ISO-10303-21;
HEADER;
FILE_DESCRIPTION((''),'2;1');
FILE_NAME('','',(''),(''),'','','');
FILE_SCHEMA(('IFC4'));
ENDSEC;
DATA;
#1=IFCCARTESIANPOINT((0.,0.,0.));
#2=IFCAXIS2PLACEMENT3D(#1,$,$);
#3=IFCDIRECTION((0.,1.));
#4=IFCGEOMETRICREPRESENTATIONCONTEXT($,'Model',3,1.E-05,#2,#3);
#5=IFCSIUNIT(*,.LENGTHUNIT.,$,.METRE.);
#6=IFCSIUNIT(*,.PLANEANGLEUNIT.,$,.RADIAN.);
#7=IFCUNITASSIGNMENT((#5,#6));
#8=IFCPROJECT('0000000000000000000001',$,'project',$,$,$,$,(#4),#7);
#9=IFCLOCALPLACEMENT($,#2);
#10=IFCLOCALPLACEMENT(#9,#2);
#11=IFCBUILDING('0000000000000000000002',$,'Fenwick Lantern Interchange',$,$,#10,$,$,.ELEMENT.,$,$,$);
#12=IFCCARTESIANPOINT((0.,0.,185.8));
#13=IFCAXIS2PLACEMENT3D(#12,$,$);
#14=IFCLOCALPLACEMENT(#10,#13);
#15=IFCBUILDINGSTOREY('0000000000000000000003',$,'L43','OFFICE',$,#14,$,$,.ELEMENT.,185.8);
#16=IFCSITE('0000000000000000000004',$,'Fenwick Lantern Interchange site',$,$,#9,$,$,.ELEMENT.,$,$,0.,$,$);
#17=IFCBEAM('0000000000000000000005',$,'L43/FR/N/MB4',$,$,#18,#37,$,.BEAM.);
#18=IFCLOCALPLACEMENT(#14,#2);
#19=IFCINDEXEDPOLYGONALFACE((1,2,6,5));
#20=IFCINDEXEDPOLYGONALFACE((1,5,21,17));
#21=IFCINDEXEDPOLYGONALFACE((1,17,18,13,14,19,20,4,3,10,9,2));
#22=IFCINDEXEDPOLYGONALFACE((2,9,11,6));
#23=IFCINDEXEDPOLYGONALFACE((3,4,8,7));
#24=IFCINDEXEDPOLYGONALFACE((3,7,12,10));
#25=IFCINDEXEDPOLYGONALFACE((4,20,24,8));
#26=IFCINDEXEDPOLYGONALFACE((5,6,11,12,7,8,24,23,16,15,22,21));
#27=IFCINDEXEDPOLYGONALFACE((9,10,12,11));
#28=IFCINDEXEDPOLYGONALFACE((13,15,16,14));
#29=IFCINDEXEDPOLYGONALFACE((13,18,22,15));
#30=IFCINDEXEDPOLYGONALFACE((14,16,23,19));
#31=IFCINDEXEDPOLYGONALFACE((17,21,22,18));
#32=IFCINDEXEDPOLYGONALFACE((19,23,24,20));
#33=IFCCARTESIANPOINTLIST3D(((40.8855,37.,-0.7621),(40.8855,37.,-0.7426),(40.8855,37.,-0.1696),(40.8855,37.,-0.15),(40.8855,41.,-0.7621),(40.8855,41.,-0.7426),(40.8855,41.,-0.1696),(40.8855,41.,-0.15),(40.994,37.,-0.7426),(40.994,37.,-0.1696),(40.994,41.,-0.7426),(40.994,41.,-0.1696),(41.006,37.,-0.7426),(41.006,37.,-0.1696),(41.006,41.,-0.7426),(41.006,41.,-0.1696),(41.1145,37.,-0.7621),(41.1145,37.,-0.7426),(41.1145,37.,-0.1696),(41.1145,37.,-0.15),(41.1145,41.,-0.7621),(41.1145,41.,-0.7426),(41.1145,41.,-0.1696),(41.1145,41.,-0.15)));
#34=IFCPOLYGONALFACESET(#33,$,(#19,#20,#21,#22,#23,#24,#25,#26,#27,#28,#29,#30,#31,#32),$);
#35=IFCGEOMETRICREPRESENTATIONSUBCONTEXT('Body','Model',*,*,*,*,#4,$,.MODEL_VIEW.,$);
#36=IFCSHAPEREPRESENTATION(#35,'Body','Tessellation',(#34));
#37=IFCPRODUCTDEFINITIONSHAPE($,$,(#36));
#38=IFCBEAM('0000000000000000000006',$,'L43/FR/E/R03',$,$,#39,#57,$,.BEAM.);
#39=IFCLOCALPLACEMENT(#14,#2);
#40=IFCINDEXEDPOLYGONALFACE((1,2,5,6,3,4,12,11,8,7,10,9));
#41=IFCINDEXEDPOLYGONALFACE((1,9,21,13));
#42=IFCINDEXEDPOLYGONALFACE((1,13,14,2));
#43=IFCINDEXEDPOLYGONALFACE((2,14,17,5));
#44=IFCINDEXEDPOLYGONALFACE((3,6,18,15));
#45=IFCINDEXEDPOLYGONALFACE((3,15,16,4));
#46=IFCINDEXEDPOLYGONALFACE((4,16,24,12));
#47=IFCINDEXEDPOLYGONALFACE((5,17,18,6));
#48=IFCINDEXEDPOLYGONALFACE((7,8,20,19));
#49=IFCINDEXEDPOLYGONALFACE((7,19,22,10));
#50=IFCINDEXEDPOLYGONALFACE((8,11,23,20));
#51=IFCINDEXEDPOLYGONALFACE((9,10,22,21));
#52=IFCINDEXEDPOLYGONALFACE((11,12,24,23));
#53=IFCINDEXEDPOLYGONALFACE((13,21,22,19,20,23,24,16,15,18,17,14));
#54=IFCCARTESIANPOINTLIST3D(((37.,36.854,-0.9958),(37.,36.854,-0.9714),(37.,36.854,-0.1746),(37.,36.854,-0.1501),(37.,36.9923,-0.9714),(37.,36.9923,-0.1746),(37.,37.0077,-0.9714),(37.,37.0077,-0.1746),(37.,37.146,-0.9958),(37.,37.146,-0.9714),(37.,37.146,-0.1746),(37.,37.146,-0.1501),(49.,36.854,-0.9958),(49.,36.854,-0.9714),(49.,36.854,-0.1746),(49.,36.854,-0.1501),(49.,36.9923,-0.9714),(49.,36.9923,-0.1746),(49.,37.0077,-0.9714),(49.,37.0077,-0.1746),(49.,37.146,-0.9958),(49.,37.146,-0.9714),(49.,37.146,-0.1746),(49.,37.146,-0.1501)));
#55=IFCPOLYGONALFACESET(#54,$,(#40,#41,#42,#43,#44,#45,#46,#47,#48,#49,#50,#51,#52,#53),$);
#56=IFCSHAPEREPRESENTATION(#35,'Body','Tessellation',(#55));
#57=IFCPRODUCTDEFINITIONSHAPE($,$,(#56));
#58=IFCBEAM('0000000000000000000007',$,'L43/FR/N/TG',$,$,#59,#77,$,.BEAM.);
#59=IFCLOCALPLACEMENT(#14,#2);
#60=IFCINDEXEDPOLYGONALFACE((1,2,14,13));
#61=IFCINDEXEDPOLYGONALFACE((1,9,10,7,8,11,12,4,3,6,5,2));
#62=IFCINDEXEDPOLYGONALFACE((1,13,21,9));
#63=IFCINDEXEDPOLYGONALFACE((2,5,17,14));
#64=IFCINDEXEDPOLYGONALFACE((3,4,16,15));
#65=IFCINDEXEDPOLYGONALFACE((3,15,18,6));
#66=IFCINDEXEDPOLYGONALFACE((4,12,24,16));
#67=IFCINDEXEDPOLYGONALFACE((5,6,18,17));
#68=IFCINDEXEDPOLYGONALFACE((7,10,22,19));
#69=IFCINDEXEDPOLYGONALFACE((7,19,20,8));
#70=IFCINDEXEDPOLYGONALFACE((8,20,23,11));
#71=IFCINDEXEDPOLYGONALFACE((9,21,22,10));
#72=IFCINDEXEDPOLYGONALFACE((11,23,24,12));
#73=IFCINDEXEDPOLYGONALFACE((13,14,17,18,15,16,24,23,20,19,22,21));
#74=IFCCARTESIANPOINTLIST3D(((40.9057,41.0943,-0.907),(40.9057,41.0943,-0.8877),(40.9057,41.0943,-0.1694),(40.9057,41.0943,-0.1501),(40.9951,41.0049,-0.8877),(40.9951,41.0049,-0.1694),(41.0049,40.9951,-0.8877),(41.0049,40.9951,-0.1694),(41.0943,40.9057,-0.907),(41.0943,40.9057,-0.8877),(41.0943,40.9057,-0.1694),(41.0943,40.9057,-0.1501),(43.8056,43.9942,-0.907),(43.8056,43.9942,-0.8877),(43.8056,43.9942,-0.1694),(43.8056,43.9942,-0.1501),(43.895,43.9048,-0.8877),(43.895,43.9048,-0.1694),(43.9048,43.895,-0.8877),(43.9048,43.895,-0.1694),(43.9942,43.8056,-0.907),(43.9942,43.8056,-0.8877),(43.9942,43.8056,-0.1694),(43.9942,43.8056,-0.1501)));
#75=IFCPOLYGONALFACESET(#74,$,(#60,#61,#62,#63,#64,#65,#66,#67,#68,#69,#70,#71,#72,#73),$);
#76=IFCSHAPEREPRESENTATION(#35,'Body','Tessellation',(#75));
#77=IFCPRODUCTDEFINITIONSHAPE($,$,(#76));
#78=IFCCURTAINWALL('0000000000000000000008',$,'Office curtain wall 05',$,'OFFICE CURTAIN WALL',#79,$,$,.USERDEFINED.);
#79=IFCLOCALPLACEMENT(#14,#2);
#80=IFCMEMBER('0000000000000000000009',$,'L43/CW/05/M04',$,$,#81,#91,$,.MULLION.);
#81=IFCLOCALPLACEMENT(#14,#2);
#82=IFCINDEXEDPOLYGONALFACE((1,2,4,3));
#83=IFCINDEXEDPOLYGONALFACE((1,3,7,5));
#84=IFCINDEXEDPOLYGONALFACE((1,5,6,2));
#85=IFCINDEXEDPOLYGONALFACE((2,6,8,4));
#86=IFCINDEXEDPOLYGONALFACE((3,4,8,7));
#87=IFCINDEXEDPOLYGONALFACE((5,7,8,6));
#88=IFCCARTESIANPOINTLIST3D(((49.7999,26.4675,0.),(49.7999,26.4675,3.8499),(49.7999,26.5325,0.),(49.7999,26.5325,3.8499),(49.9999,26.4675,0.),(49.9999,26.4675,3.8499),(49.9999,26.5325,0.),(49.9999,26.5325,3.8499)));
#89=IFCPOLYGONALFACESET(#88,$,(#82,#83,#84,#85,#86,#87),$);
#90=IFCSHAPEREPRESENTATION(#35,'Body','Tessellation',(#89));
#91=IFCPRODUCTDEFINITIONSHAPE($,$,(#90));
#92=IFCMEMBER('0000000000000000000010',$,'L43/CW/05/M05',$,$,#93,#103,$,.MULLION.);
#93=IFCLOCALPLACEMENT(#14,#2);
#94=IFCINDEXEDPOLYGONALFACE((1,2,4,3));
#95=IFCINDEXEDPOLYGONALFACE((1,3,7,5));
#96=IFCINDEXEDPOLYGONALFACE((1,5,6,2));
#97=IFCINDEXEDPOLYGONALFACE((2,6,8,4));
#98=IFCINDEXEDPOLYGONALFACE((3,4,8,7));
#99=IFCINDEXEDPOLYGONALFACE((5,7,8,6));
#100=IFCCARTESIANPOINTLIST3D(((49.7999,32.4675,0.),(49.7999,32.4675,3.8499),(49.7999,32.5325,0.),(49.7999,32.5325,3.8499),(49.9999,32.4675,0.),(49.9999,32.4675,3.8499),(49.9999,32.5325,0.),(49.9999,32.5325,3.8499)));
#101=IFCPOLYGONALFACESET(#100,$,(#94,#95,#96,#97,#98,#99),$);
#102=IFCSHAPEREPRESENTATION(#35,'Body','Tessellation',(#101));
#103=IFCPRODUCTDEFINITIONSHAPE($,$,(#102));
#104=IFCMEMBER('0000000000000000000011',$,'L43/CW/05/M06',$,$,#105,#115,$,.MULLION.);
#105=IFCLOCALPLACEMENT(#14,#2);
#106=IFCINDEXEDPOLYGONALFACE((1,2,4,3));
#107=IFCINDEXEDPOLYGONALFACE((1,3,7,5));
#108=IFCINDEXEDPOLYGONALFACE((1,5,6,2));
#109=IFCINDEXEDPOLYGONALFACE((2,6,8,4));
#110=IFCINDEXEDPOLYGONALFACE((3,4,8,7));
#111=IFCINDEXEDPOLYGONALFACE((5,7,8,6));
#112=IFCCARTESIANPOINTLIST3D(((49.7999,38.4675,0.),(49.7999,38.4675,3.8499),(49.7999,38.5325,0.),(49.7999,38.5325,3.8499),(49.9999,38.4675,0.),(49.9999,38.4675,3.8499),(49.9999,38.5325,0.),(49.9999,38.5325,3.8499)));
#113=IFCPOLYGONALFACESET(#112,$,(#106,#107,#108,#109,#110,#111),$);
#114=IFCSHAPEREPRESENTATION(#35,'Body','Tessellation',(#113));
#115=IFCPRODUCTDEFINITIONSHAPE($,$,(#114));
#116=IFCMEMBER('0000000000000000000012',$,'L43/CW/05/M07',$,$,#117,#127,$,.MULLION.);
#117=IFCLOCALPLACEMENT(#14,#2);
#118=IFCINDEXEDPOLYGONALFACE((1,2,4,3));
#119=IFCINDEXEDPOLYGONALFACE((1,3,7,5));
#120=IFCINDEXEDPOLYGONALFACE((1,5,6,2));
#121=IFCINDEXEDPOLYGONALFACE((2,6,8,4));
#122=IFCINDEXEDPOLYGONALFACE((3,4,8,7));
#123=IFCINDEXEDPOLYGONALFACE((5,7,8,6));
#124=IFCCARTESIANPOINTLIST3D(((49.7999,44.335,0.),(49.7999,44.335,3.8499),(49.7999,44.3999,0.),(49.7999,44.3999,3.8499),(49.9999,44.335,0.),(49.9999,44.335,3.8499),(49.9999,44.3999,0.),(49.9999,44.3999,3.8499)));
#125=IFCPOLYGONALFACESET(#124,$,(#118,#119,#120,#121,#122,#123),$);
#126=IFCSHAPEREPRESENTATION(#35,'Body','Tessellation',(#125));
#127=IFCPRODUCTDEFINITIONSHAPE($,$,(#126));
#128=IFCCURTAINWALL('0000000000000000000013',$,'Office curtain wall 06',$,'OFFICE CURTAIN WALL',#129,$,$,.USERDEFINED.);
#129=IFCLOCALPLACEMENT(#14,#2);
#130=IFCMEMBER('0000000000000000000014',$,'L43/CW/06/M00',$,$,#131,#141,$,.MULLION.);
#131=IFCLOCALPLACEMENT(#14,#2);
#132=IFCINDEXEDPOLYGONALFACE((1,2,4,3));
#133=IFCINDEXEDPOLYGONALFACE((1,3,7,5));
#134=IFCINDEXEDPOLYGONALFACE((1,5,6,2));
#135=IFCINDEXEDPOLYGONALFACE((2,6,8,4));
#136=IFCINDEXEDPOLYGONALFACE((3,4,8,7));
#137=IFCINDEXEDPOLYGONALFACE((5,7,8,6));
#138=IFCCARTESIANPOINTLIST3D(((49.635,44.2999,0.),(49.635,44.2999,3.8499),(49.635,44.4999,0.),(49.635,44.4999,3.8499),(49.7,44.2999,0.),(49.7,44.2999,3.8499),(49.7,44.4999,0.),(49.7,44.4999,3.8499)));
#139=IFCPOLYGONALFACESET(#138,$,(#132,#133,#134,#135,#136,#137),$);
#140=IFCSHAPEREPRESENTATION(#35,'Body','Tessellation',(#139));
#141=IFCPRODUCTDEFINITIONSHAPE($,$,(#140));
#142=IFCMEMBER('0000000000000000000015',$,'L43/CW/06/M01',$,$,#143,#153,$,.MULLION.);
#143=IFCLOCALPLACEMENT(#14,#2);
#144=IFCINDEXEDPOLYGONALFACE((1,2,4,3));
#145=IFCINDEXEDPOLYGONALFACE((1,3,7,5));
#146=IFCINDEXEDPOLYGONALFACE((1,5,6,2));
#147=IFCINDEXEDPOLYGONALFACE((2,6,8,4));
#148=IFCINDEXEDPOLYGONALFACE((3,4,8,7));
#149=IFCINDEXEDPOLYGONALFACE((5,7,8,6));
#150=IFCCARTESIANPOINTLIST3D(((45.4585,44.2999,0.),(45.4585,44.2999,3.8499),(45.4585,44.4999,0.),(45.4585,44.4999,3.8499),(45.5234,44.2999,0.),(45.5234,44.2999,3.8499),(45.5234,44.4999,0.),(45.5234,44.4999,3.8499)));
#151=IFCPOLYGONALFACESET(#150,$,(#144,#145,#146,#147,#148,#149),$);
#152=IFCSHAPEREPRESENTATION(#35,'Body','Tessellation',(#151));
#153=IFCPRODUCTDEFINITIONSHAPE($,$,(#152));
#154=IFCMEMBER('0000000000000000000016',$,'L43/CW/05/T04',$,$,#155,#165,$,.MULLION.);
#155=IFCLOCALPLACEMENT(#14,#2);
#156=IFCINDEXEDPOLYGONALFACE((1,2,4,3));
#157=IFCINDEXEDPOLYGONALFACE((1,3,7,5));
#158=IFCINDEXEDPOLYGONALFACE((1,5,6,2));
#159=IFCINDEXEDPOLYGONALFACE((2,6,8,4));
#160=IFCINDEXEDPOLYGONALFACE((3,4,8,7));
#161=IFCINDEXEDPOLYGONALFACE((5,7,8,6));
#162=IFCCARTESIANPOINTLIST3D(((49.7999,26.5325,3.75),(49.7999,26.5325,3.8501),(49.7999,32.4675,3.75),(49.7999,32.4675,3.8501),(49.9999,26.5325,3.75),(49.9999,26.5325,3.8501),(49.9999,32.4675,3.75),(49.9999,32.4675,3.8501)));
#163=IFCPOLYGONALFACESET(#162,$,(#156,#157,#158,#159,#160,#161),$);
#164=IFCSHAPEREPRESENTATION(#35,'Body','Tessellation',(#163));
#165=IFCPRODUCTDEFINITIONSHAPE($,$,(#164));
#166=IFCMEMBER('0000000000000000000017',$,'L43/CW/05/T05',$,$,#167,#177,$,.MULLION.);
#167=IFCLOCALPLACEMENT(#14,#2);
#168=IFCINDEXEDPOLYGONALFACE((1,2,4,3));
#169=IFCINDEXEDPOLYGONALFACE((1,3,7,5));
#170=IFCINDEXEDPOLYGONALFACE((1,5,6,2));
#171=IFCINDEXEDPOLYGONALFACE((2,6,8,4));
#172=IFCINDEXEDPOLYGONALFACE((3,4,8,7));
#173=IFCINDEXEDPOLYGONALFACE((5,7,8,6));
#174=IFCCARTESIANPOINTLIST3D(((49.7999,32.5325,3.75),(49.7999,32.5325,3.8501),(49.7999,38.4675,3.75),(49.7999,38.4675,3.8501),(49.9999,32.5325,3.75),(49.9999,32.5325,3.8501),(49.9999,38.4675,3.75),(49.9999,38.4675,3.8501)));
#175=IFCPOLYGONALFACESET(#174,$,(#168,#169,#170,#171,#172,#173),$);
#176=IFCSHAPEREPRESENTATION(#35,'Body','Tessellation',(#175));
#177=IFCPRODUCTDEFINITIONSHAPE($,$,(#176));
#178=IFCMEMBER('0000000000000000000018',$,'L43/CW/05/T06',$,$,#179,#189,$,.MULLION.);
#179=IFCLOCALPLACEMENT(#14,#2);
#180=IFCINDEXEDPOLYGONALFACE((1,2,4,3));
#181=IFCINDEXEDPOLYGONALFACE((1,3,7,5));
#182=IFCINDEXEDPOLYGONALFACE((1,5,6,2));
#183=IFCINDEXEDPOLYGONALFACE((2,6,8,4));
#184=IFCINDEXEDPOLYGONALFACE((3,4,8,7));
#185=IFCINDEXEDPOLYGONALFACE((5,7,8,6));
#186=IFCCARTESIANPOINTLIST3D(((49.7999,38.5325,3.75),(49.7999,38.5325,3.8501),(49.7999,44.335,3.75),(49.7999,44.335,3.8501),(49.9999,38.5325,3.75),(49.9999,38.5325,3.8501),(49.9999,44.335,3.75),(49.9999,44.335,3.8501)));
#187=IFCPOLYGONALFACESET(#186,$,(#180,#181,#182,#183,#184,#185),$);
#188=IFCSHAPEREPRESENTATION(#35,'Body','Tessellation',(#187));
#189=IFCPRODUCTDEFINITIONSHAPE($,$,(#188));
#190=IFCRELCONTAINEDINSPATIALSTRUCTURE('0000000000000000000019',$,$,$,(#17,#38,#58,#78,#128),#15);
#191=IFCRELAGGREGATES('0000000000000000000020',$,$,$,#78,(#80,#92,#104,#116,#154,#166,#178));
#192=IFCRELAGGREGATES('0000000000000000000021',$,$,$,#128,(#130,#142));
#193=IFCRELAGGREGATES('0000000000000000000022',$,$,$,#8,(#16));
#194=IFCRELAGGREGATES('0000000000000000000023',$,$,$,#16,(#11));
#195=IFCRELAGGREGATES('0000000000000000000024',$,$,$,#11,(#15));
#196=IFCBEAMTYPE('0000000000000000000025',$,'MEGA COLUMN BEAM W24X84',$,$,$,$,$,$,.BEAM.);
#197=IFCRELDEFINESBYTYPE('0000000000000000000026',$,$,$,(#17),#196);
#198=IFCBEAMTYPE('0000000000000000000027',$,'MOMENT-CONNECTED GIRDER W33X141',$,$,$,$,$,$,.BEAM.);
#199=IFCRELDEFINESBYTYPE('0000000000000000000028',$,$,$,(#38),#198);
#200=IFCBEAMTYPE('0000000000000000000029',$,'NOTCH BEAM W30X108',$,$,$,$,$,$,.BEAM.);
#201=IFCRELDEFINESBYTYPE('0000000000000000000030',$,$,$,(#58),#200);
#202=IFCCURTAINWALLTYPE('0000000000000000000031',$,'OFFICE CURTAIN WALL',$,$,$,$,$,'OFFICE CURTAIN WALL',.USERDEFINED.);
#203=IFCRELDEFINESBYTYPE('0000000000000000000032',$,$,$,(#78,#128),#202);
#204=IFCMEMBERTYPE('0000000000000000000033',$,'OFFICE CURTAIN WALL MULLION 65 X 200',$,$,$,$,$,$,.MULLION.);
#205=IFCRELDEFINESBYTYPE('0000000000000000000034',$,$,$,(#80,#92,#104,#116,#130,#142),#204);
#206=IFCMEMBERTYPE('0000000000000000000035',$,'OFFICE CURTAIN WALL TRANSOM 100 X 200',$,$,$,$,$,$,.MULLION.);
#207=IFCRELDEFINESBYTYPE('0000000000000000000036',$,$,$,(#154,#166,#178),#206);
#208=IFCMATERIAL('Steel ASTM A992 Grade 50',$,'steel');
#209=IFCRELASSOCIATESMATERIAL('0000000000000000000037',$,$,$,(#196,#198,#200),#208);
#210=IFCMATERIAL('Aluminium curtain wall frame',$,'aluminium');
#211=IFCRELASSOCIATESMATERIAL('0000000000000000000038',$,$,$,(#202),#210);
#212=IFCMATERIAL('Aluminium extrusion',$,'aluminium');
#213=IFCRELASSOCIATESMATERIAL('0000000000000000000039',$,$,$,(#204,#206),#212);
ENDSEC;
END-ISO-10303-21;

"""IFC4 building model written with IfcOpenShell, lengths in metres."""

from ifc_helpers import new_model, si_unit, direction, frame, origin, origin_2d, place, context, subcontext, project, spatial, rectangle, i_section, extrude, material, material_profile, profile_set, type_object, element, aggregate, save


model = new_model("IFC4")

# Units and contexts
model_context = context("Model", 3, precision=1e-05, world=origin(), true_north=direction((0.0, 1.0)))
body_context = subcontext(model_context, "Body", "Model", "MODEL_VIEW")
ifc_project = project(units=[si_unit("LENGTHUNIT", "METRE"), si_unit("PLANEANGLEUNIT", "RADIAN")], contexts=[model_context])

# Site, building, storey
site_placement = place(None, origin())
site = spatial("IfcSite", under=ifc_project, at=site_placement, Name="Fenwick Lantern Interchange site", CompositionType="ELEMENT", RefElevation=0.0)
building_placement = place(site_placement, origin())
building = spatial("IfcBuilding", under=site, at=building_placement, Name="Fenwick Lantern Interchange", CompositionType="ELEMENT")
storey_placement = place(building_placement, frame((0.0, 0.0, 185.8)))
storey = spatial("IfcBuildingStorey", under=building, at=storey_placement, Name="L43", Description="OFFICE", CompositionType="ELEMENT", Elevation=185.8)

# Shared definitions
ifc_material_1 = material(Name="Steel ASTM A992 Grade 50", Category="steel")

# Beams
ifc_material_profile_1 = material_profile(ifc_material_1, i_section(OverallWidth=0.229, OverallDepth=0.6121, WebThickness=0.012, FlangeThickness=0.0195, at=origin_2d()), Name="W24X84")
ifc_profile_set_1 = profile_set([ifc_material_profile_1], Name="Steel ASTM A992 Grade 50")
beam_type_1 = type_object("IfcBeamType", Name="MEGA COLUMN BEAM W24X84", PredefinedType="BEAM", material=ifc_profile_set_1)
beam_1_placement = place(storey_placement, frame((41.0, 41.0, -0.4561), z_axis=(0.0, -1.0, 0.0), x_axis=(1.0, 0.0, 0.0)))
element("IfcBeam", 1, at=beam_1_placement, inside=storey, type_object=beam_type_1, Name="L43/FR/N/MB4", PredefinedType="BEAM", context=body_context, shape_type="SweptSolid", body=[
    extrude(i_section(OverallWidth=0.229, OverallDepth=0.6121, WebThickness=0.012, FlangeThickness=0.0195, at=origin_2d()), origin(), (0.0, 0.0, 1.0), 4.0),
])
ifc_material_profile_2 = material_profile(ifc_material_1, i_section(OverallWidth=0.292, OverallDepth=0.8457, WebThickness=0.0154, FlangeThickness=0.0244, at=origin_2d()), Name="W33X141")
ifc_profile_set_2 = profile_set([ifc_material_profile_2], Name="Steel ASTM A992 Grade 50")
beam_type_2 = type_object("IfcBeamType", Name="MOMENT-CONNECTED GIRDER W33X141", PredefinedType="BEAM", material=ifc_profile_set_2)
beam_2_placement = place(storey_placement, frame((49.0, 37.0, -0.573), z_axis=(-1.0, 0.0, 0.0), x_axis=(0.0, -1.0, 0.0)))
element("IfcBeam", 2, at=beam_2_placement, inside=storey, type_object=beam_type_2, Name="L43/FR/E/R03", PredefinedType="BEAM", context=body_context, shape_type="SweptSolid", body=[
    extrude(i_section(OverallWidth=0.292, OverallDepth=0.8457, WebThickness=0.0154, FlangeThickness=0.0244, at=origin_2d()), origin(), (0.0, 0.0, 1.0), 12.0),
])
ifc_material_profile_3 = material_profile(ifc_material_1, i_section(OverallWidth=0.2666, OverallDepth=0.7568, WebThickness=0.0139, FlangeThickness=0.0193, at=origin_2d()), Name="W30X108")
ifc_profile_set_3 = profile_set([ifc_material_profile_3], Name="Steel ASTM A992 Grade 50")
beam_type_3 = type_object("IfcBeamType", Name="NOTCH BEAM W30X108", PredefinedType="BEAM", material=ifc_profile_set_3)
beam_3_placement = place(storey_placement, frame((41.0, 41.0, -0.5286), z_axis=(0.707107, 0.707107, 0.0), x_axis=(-0.707107, 0.707107, 0.0)))
element("IfcBeam", 3, at=beam_3_placement, inside=storey, type_object=beam_type_3, Name="L43/FR/N/TG", PredefinedType="BEAM", context=body_context, shape_type="SweptSolid", body=[
    extrude(i_section(OverallWidth=0.2666, OverallDepth=0.7568, WebThickness=0.0139, FlangeThickness=0.0193, at=origin_2d()), origin(), (0.0, 0.0, 1.0), 4.1011),
])

# Curtain walls, members
ifc_material_2 = material(Name="Aluminium curtain wall frame", Category="aluminium")
curtain_wall_type = type_object("IfcCurtainWallType", Name="OFFICE CURTAIN WALL", ElementType="OFFICE CURTAIN WALL", PredefinedType="USERDEFINED", material=ifc_material_2)
curtain_wall_1_placement = place(storey_placement, origin())
curtain_wall_1 = element("IfcCurtainWall", 4, at=curtain_wall_1_placement, inside=storey, type_object=curtain_wall_type, Name="Office curtain wall 05", ObjectType="OFFICE CURTAIN WALL", PredefinedType="USERDEFINED")
ifc_material_3 = material(Name="Aluminium extrusion", Category="aluminium")
ifc_material_profile_4 = material_profile(ifc_material_3, rectangle(XDim=0.2, YDim=0.0649, at=origin_2d()), Name="OFFICE CURTAIN WALL MULLION 65 X 200")
ifc_profile_set_4 = profile_set([ifc_material_profile_4], Name="Aluminium extrusion")
member_type_1 = type_object("IfcMemberType", Name="OFFICE CURTAIN WALL MULLION 65 X 200", PredefinedType="MULLION", material=ifc_profile_set_4)
member_1_placement = place(storey_placement, frame((49.8999, 26.5, 0.0), z_axis=(0.0, 0.0, 1.0), x_axis=(-1.0, 0.0, 0.0)))
member_1 = element("IfcMember", 5, at=member_1_placement, type_object=member_type_1, Name="L43/CW/05/M04", PredefinedType="MULLION", context=body_context, shape_type="SweptSolid", body=[
    extrude(rectangle(XDim=0.2, YDim=0.0649, at=origin_2d()), origin(), (0.0, 0.0, 1.0), 3.8499),
])
member_2_placement = place(storey_placement, frame((49.8999, 32.5, 0.0), z_axis=(0.0, 0.0, 1.0), x_axis=(-1.0, 0.0, 0.0)))
member_2 = element("IfcMember", 6, at=member_2_placement, type_object=member_type_1, Name="L43/CW/05/M05", PredefinedType="MULLION", context=body_context, shape_type="SweptSolid", body=[
    extrude(rectangle(XDim=0.2, YDim=0.0649, at=origin_2d()), origin(), (0.0, 0.0, 1.0), 3.8499),
])
member_3_placement = place(storey_placement, frame((49.8999, 38.5, 0.0), z_axis=(0.0, 0.0, 1.0), x_axis=(-1.0, 0.0, 0.0)))
member_3 = element("IfcMember", 7, at=member_3_placement, type_object=member_type_1, Name="L43/CW/05/M06", PredefinedType="MULLION", context=body_context, shape_type="SweptSolid", body=[
    extrude(rectangle(XDim=0.2, YDim=0.0649, at=origin_2d()), origin(), (0.0, 0.0, 1.0), 3.8499),
])
member_4_placement = place(storey_placement, frame((49.8999, 44.3674, 0.0), z_axis=(0.0, 0.0, 1.0), x_axis=(-1.0, 0.0, 0.0)))
member_4 = element("IfcMember", 8, at=member_4_placement, type_object=member_type_1, Name="L43/CW/05/M07", PredefinedType="MULLION", context=body_context, shape_type="SweptSolid", body=[
    extrude(rectangle(XDim=0.2, YDim=0.0649, at=origin_2d()), origin(), (0.0, 0.0, 1.0), 3.8499),
])
curtain_wall_2_placement = place(storey_placement, origin())
curtain_wall_2 = element("IfcCurtainWall", 9, at=curtain_wall_2_placement, inside=storey, type_object=curtain_wall_type, Name="Office curtain wall 06", ObjectType="OFFICE CURTAIN WALL", PredefinedType="USERDEFINED")
member_5_placement = place(storey_placement, frame((49.6675, 44.3999, 0.0), z_axis=(0.0, 0.0, 1.0), x_axis=(0.0, -1.0, 0.0)))
member_5 = element("IfcMember", 10, at=member_5_placement, type_object=member_type_1, Name="L43/CW/06/M00", PredefinedType="MULLION", context=body_context, shape_type="SweptSolid", body=[
    extrude(rectangle(XDim=0.2, YDim=0.0649, at=origin_2d()), origin(), (0.0, 0.0, 1.0), 3.8499),
])
member_6_placement = place(storey_placement, frame((45.491, 44.3999, 0.0), z_axis=(0.0, 0.0, 1.0), x_axis=(0.0, -1.0, 0.0)))
member_6 = element("IfcMember", 11, at=member_6_placement, type_object=member_type_1, Name="L43/CW/06/M01", PredefinedType="MULLION", context=body_context, shape_type="SweptSolid", body=[
    extrude(rectangle(XDim=0.2, YDim=0.0649, at=origin_2d()), origin(), (0.0, 0.0, 1.0), 3.8499),
])

# Members
ifc_material_profile_5 = material_profile(ifc_material_3, rectangle(XDim=0.2, YDim=0.1001, at=origin_2d()), Name="OFFICE CURTAIN WALL TRANSOM 100 X 200")
ifc_profile_set_5 = profile_set([ifc_material_profile_5], Name="Aluminium extrusion")
member_type_2 = type_object("IfcMemberType", Name="OFFICE CURTAIN WALL TRANSOM 100 X 200", PredefinedType="MULLION", material=ifc_profile_set_5)
member_7_placement = place(storey_placement, frame((49.8999, 26.5325, 3.8), z_axis=(0.0, 1.0, 0.0), x_axis=(-1.0, 0.0, 0.0)))
member_7 = element("IfcMember", 12, at=member_7_placement, type_object=member_type_2, Name="L43/CW/05/T04", PredefinedType="MULLION", context=body_context, shape_type="SweptSolid", body=[
    extrude(rectangle(XDim=0.2, YDim=0.1001, at=origin_2d()), origin(), (0.0, 0.0, 1.0), 5.9351),
])
member_8_placement = place(storey_placement, frame((49.8999, 32.5325, 3.8), z_axis=(0.0, 1.0, 0.0), x_axis=(-1.0, 0.0, 0.0)))
member_8 = element("IfcMember", 13, at=member_8_placement, type_object=member_type_2, Name="L43/CW/05/T05", PredefinedType="MULLION", context=body_context, shape_type="SweptSolid", body=[
    extrude(rectangle(XDim=0.2, YDim=0.1001, at=origin_2d()), origin(), (0.0, 0.0, 1.0), 5.9351),
])
member_9_placement = place(storey_placement, frame((49.8999, 38.5325, 3.8), z_axis=(0.0, 1.0, 0.0), x_axis=(-1.0, 0.0, 0.0)))
member_9 = element("IfcMember", 14, at=member_9_placement, type_object=member_type_2, Name="L43/CW/05/T06", PredefinedType="MULLION", context=body_context, shape_type="SweptSolid", body=[
    extrude(rectangle(XDim=0.2, YDim=0.1001, at=origin_2d()), origin(), (0.0, 0.0, 1.0), 5.8025),
])

aggregate(curtain_wall_1, [member_1, member_2, member_3, member_4, member_7, member_8, member_9])
aggregate(curtain_wall_2, [member_5, member_6])

save(model, "model.ifc")
